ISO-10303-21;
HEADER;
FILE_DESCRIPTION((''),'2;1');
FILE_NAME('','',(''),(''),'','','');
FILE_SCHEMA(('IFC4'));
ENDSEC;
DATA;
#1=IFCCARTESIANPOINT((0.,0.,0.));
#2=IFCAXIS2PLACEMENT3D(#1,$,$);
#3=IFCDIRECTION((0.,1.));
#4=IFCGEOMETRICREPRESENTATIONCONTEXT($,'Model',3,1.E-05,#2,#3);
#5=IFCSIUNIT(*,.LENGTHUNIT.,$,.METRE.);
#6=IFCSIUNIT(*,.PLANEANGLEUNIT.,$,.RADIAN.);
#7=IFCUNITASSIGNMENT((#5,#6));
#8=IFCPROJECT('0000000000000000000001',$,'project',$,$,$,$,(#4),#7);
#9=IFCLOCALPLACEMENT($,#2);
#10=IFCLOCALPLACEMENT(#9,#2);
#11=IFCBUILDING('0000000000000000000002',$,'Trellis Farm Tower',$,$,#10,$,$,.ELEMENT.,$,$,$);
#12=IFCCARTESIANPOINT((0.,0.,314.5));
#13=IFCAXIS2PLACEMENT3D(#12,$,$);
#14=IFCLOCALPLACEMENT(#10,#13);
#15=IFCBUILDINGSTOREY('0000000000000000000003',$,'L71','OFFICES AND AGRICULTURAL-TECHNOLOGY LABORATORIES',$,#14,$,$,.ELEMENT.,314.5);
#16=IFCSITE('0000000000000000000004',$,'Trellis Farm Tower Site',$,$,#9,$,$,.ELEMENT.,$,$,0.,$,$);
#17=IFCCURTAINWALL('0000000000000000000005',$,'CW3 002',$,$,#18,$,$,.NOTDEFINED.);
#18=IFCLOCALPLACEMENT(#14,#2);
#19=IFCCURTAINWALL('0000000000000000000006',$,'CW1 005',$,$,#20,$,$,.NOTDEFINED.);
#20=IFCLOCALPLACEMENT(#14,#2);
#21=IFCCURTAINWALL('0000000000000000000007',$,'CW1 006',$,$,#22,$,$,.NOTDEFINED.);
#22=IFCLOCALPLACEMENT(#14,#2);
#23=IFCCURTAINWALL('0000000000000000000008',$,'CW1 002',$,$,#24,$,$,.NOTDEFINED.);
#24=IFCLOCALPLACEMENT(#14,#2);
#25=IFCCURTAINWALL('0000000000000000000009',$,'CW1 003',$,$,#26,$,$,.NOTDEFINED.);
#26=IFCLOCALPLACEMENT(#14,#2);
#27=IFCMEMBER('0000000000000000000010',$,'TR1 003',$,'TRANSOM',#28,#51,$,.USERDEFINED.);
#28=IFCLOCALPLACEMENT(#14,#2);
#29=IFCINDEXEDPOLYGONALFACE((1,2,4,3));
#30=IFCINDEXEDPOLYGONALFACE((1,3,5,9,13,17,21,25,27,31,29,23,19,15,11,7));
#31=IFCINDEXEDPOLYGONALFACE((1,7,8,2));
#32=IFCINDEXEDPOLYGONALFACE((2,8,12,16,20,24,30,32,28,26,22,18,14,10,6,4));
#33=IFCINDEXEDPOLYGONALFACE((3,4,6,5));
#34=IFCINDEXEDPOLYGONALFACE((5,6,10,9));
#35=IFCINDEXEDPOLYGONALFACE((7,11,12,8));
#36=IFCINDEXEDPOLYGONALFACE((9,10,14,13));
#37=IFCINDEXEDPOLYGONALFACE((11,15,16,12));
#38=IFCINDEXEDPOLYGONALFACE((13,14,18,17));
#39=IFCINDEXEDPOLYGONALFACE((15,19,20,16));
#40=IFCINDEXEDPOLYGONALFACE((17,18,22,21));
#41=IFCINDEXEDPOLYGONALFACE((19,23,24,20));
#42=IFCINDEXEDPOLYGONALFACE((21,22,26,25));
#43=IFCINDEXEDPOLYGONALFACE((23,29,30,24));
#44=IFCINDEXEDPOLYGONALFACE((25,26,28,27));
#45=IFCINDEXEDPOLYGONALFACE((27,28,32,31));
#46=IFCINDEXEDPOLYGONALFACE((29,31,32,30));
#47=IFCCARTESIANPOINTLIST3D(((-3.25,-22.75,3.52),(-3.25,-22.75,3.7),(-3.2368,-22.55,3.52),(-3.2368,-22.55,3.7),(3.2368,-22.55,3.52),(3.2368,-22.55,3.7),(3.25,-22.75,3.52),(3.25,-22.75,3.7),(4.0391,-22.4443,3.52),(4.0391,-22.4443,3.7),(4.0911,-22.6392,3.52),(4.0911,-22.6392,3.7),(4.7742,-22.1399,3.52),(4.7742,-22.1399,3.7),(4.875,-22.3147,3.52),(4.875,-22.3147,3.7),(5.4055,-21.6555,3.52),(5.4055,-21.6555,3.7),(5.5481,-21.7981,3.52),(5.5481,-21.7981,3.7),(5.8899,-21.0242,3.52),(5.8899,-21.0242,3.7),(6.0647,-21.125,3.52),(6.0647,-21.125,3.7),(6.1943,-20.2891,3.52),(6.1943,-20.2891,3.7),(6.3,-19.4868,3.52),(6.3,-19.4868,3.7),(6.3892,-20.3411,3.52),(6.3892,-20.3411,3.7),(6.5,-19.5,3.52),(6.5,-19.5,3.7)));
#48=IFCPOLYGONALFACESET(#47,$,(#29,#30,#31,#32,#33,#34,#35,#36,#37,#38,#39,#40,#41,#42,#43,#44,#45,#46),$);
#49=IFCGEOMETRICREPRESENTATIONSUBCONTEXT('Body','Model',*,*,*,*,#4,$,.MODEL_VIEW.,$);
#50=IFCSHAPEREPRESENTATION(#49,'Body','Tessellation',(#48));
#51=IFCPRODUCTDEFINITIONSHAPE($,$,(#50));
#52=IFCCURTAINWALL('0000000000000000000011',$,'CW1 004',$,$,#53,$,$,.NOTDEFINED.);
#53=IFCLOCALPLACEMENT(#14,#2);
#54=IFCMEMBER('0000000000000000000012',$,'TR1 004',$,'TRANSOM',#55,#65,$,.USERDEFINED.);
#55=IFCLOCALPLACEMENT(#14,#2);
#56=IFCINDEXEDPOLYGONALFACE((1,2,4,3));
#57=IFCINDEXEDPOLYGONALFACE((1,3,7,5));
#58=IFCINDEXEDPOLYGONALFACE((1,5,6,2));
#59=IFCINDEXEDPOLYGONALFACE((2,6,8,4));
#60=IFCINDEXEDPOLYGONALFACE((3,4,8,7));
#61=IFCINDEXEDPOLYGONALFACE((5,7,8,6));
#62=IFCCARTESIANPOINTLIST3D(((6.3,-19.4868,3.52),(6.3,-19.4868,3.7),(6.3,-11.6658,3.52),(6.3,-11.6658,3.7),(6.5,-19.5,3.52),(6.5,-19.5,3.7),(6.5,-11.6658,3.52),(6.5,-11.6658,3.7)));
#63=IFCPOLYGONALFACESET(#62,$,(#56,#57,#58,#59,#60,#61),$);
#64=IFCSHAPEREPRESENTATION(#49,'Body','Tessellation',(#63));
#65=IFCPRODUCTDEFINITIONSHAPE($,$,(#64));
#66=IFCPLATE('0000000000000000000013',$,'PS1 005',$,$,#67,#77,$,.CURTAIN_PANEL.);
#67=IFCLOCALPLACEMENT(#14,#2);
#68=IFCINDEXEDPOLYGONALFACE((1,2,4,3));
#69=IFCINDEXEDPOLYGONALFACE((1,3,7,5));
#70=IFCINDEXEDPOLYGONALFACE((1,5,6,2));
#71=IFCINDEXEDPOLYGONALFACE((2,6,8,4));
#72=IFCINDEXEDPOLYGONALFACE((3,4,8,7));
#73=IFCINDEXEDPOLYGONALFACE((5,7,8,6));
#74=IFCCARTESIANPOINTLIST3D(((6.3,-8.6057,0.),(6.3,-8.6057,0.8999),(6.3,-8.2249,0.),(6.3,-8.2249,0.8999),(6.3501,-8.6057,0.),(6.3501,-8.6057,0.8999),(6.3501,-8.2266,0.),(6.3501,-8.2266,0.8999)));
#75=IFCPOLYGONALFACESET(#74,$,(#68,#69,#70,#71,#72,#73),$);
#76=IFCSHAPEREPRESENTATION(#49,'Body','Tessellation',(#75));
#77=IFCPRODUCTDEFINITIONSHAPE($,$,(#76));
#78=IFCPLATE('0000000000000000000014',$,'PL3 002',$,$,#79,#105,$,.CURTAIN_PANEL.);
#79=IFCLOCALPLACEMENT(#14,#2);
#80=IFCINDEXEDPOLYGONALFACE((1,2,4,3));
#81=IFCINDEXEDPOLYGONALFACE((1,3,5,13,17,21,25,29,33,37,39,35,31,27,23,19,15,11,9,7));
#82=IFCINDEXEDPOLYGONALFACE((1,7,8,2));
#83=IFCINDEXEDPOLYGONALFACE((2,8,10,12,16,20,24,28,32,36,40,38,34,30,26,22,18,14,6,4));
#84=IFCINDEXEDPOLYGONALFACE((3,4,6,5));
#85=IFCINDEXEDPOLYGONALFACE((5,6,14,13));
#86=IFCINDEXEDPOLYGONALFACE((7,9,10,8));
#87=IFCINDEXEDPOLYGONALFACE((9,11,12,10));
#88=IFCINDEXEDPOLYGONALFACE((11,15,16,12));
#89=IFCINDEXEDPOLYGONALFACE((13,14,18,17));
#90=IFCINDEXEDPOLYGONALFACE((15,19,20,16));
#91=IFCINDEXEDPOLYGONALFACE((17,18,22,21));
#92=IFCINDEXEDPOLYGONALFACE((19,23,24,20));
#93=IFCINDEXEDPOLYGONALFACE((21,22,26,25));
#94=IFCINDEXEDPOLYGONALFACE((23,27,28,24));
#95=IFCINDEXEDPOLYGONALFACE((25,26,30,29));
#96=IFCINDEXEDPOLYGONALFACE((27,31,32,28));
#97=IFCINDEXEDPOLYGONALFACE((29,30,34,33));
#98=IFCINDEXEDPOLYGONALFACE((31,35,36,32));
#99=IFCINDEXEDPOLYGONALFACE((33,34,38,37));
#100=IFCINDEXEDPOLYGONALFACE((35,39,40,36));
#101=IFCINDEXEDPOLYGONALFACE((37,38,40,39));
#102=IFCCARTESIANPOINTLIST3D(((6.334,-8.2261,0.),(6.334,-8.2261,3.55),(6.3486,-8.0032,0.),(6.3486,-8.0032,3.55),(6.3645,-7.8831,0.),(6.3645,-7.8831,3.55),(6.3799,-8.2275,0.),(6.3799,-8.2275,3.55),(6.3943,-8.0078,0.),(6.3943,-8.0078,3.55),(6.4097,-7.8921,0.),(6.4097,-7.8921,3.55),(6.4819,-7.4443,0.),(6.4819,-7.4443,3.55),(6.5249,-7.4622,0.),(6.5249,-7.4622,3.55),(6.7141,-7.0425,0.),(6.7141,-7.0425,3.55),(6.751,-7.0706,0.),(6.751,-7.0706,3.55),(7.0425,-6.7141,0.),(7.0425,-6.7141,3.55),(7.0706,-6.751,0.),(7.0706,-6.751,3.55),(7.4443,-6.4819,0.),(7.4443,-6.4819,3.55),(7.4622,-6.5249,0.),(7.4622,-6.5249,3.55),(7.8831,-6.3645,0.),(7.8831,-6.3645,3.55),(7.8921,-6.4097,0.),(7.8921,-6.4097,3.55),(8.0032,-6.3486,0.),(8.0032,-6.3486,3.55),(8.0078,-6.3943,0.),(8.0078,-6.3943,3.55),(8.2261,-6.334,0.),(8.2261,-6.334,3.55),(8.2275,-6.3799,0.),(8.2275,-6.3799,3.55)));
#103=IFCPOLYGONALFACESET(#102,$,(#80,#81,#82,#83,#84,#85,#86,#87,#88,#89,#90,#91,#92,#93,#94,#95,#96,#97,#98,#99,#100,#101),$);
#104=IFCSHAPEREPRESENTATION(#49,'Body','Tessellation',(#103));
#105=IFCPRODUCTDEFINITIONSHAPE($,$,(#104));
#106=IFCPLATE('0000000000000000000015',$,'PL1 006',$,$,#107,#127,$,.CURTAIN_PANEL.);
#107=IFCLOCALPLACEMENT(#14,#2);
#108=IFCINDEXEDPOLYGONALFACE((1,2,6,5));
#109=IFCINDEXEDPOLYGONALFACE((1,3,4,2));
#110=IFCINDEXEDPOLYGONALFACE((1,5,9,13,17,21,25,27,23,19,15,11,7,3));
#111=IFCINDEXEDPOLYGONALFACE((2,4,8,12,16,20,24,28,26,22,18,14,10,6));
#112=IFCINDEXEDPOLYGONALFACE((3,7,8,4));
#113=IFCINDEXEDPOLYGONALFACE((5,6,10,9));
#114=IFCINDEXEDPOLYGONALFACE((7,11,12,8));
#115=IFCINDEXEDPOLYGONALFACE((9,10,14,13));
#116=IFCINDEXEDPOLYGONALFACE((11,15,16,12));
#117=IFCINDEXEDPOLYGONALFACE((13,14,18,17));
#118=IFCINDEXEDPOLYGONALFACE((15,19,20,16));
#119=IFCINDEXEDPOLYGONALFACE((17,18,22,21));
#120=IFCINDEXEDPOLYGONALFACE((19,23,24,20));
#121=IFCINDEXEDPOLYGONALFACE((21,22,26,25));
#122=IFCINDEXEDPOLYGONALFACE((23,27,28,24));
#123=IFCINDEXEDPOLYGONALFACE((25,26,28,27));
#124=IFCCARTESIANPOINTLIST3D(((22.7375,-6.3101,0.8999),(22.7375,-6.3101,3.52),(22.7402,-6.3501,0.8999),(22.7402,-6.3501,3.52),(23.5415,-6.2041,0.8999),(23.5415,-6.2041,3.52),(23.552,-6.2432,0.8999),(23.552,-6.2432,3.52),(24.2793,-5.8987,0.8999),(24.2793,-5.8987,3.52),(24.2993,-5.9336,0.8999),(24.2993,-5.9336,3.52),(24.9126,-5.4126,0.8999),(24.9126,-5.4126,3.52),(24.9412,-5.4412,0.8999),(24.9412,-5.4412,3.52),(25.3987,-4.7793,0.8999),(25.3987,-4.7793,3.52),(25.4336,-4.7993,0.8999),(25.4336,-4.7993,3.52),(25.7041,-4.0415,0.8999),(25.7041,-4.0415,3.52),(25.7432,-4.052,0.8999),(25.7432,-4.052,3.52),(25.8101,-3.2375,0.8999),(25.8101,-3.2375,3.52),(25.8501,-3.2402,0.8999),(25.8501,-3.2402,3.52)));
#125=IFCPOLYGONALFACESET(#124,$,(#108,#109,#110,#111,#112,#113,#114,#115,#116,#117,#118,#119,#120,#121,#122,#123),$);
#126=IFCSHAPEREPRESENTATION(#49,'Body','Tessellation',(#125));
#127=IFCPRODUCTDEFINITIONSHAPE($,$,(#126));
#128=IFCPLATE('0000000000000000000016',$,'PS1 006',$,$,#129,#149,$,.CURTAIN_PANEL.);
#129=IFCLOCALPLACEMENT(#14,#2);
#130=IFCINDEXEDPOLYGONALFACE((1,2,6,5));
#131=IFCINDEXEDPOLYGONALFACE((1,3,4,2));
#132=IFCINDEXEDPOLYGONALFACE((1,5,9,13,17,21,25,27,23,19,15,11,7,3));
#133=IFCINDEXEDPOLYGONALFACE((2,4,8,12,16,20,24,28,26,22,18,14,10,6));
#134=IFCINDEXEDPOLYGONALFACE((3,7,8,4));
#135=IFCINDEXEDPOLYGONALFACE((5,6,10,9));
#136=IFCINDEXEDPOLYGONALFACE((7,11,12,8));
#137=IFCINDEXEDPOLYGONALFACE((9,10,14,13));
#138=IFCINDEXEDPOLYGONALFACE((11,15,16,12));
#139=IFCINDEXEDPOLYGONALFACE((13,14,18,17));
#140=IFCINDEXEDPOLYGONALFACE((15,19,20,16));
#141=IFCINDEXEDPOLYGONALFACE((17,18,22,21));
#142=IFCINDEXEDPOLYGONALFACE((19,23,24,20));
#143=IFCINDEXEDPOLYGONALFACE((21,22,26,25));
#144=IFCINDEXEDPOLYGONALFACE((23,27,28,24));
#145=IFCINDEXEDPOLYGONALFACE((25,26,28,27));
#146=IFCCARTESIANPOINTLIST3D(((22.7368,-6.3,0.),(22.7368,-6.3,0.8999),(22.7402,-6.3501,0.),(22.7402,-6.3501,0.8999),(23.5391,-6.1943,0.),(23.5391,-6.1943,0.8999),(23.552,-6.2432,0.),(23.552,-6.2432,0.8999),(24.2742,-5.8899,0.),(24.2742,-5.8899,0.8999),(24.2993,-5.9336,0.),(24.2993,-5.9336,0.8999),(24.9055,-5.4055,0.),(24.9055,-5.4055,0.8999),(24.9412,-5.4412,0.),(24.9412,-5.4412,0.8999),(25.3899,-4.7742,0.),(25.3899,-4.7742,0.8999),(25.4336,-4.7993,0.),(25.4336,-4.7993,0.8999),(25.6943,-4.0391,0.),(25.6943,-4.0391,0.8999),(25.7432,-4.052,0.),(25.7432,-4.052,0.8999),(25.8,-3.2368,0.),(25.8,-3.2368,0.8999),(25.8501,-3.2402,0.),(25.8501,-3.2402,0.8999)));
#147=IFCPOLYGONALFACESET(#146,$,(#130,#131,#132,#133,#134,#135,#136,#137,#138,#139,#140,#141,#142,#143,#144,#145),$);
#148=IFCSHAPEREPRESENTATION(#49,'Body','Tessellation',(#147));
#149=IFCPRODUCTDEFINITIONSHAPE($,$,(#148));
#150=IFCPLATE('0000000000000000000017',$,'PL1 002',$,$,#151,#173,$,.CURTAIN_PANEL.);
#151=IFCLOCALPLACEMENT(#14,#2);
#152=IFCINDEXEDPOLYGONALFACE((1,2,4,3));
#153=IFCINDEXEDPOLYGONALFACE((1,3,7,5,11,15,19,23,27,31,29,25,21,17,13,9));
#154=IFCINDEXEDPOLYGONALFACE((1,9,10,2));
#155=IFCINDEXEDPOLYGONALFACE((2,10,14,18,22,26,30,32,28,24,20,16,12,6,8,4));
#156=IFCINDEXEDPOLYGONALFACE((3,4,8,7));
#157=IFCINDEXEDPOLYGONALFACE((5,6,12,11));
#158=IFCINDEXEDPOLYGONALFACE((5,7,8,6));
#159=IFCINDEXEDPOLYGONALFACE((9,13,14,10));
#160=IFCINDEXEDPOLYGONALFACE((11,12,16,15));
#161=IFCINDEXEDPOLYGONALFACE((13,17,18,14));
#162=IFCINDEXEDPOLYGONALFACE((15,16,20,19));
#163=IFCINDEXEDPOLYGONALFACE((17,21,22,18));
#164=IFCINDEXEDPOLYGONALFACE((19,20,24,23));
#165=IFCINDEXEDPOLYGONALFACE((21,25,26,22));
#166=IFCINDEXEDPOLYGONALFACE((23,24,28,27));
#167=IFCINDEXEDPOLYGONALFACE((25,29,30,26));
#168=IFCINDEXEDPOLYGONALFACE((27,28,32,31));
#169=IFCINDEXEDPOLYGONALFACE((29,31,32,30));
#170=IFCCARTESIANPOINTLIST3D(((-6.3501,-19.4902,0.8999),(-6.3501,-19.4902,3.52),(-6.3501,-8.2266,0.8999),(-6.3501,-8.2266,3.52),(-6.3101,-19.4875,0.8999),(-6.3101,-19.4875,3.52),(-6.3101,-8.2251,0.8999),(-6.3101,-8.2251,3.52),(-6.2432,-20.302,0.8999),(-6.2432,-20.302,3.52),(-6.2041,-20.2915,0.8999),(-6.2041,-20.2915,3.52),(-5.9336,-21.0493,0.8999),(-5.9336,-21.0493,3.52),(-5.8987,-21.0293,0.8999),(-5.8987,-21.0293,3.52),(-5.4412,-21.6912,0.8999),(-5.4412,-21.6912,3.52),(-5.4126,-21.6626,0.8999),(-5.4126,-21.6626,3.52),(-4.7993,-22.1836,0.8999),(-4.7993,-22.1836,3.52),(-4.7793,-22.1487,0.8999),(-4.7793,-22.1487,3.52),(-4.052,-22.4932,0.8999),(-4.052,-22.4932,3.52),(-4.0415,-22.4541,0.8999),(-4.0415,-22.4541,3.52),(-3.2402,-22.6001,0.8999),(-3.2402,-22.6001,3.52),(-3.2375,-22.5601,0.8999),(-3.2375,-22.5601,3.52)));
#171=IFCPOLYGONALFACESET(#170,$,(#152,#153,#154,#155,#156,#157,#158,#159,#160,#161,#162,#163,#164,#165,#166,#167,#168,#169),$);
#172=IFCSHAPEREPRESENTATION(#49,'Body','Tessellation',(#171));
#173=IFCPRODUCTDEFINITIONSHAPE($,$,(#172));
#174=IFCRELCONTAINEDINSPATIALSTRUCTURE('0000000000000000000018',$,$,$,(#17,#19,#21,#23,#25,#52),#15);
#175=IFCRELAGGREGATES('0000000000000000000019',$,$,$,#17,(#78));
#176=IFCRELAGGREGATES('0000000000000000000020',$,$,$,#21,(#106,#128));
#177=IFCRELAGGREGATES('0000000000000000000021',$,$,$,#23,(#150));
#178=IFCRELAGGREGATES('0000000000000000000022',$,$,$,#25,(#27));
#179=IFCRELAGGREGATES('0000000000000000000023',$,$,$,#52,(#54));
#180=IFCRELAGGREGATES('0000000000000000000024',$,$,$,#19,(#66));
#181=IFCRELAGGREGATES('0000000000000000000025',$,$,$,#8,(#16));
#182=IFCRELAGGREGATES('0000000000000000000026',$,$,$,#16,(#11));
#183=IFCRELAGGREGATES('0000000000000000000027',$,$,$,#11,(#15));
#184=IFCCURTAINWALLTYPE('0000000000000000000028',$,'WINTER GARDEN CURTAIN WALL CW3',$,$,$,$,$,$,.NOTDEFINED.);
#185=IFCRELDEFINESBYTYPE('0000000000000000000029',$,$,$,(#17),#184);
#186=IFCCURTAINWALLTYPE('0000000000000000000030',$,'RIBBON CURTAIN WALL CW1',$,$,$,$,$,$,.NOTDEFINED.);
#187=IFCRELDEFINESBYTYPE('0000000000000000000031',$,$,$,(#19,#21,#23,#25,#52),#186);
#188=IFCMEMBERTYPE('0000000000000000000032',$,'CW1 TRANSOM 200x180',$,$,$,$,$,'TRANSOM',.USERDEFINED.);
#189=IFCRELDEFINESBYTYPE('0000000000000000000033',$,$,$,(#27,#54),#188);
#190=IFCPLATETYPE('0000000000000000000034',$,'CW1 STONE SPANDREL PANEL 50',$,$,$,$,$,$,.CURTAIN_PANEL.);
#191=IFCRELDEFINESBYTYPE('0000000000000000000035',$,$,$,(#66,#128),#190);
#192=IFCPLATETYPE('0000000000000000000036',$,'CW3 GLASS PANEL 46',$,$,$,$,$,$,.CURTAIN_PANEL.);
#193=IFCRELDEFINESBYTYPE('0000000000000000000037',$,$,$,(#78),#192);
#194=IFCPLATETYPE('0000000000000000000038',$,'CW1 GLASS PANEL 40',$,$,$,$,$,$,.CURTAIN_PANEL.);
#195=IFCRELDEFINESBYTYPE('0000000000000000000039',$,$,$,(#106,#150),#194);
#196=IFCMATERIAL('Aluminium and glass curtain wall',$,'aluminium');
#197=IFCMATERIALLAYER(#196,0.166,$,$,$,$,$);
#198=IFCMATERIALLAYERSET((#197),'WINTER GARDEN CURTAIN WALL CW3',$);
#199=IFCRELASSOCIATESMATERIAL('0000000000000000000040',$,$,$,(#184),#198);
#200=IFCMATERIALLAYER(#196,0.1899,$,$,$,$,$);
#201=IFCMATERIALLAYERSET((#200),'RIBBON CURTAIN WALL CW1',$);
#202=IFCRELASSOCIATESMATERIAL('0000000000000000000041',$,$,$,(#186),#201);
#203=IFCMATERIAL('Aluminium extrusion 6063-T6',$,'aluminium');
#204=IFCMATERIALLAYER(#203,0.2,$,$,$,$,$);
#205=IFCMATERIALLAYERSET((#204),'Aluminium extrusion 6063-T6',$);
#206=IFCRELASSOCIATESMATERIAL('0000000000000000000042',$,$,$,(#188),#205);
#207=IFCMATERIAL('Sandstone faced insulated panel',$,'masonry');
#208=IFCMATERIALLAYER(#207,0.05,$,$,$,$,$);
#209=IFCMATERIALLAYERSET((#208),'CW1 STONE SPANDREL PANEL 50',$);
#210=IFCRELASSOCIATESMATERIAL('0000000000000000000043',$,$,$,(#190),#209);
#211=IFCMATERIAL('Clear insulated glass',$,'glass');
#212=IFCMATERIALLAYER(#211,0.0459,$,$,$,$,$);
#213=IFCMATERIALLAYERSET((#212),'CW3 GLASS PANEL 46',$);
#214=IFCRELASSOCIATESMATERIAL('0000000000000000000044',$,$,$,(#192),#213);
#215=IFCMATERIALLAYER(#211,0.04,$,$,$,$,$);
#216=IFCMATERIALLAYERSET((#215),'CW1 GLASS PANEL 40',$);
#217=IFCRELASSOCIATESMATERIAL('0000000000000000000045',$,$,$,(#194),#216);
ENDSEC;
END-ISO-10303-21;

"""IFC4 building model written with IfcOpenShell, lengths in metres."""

from ifc_helpers import new_model, si_unit, direction, frame, origin, place, context, subcontext, project, spatial, polyline, outline, extrude, source, transform, mapped, material, layer, layer_set, type_object, element, aggregate, save


model = new_model("IFC4")

# Units and contexts
model_context = context("Model", 3, precision=1e-05, world=origin(), true_north=direction((0.0, 1.0)))
body_context = subcontext(model_context, "Body", "Model", "MODEL_VIEW")
ifc_project = project(units=[si_unit("LENGTHUNIT", "METRE"), si_unit("PLANEANGLEUNIT", "RADIAN")], contexts=[model_context])

# Site, building, storey
site_placement = place(None, origin())
site = spatial("IfcSite", under=ifc_project, at=site_placement, Name="Trellis Farm Tower Site", CompositionType="ELEMENT", RefElevation=0.0)
building_placement = place(site_placement, origin())
building = spatial("IfcBuilding", under=site, at=building_placement, Name="Trellis Farm Tower", CompositionType="ELEMENT")
storey_placement = place(building_placement, frame((0.0, 0.0, 314.5)))
storey = spatial("IfcBuildingStorey", under=building, at=storey_placement, Name="L71", Description="OFFICES AND AGRICULTURAL-TECHNOLOGY LABORATORIES", CompositionType="ELEMENT", Elevation=314.5)

# Curtain walls, members
ifc_material_1 = material(Name="Aluminium and glass curtain wall", Category="aluminium")
ifc_layer_1 = layer(ifc_material_1, 0.166)
ifc_layer_set_1 = layer_set([ifc_layer_1], Name="WINTER GARDEN CURTAIN WALL CW3")
curtain_wall_type_1 = type_object("IfcCurtainWallType", Name="WINTER GARDEN CURTAIN WALL CW3", PredefinedType="NOTDEFINED", material=ifc_layer_set_1)
placement_1 = place(storey_placement, origin())
ifc_material_2 = material(Name="Aluminium extrusion 6063-T6", Category="aluminium")
curtain_wall_1 = element("IfcCurtainWall", 1, at=placement_1, inside=storey, type_object=curtain_wall_type_1, Name="CW3 002", PredefinedType="NOTDEFINED")
ifc_layer_2 = layer(ifc_material_1, 0.1899)
ifc_layer_set_2 = layer_set([ifc_layer_2], Name="RIBBON CURTAIN WALL CW1")
curtain_wall_type_2 = type_object("IfcCurtainWallType", Name="RIBBON CURTAIN WALL CW1", PredefinedType="NOTDEFINED", material=ifc_layer_set_2)
curtain_wall_2 = element("IfcCurtainWall", 2, at=placement_1, inside=storey, type_object=curtain_wall_type_2, Name="CW1 005", PredefinedType="NOTDEFINED")
ifc_layer_3 = layer(ifc_material_2, 0.2)
ifc_layer_set_3 = layer_set([ifc_layer_3], Name="Aluminium extrusion 6063-T6")
member_type_1 = type_object("IfcMemberType", Name="CW1 TRANSOM 200x180", ElementType="TRANSOM", PredefinedType="USERDEFINED", material=ifc_layer_set_3)
placement_2 = place(storey_placement, frame((0.0, 0.0, 3.52)))
curtain_wall_3 = element("IfcCurtainWall", 3, at=placement_1, inside=storey, type_object=curtain_wall_type_2, Name="CW1 006", PredefinedType="NOTDEFINED")
curtain_wall_4 = element("IfcCurtainWall", 4, at=placement_1, inside=storey, type_object=curtain_wall_type_2, Name="CW1 002", PredefinedType="NOTDEFINED")
curtain_wall_5 = element("IfcCurtainWall", 5, at=placement_1, inside=storey, type_object=curtain_wall_type_2, Name="CW1 003", PredefinedType="NOTDEFINED")
shared_shape_1 = source(origin(), body_context, "Body", "SweptSolid", [
    extrude(outline(polyline([(-3.25, -22.75), (3.25, -22.75), (4.0911, -22.6392), (4.875, -22.3147), (5.5481, -21.7981), (6.0647, -21.125), (6.3892, -20.3411), (6.5, -19.5), (6.3, -19.4868), (6.1943, -20.2891), (5.8899, -21.0242), (5.4055, -21.6555), (4.7742, -22.1399), (4.0391, -22.4443), (3.2368, -22.55), (-3.2368, -22.55), (-3.25, -22.75)])), origin(), (0.0, 0.0, 1.0), 0.1799),
])
member_1 = element("IfcMember", 6, at=placement_2, type_object=member_type_1, Name="TR1 003", ObjectType="TRANSOM", PredefinedType="USERDEFINED", context=body_context, shape_type="MappedRepresentation", body=[
    mapped(shared_shape_1, transform((0.0, 0.0, 0.0))),
])
curtain_wall_6 = element("IfcCurtainWall", 7, at=placement_1, inside=storey, type_object=curtain_wall_type_2, Name="CW1 004", PredefinedType="NOTDEFINED")
shared_shape_2 = source(origin(), body_context, "Body", "SweptSolid", [
    extrude(outline(polyline([(6.5, -19.5), (6.5, -11.6658), (6.3, -11.6658), (6.3, -19.4868), (6.5, -19.5)])), origin(), (0.0, 0.0, 1.0), 0.1799),
])
member_2 = element("IfcMember", 8, at=placement_2, type_object=member_type_1, Name="TR1 004", ObjectType="TRANSOM", PredefinedType="USERDEFINED", context=body_context, shape_type="MappedRepresentation", body=[
    mapped(shared_shape_2, transform((0.0, 0.0, 0.0))),
])

# Plates
ifc_material_3 = material(Name="Sandstone faced insulated panel", Category="masonry")
ifc_layer_4 = layer(ifc_material_3, 0.05)
ifc_layer_set_4 = layer_set([ifc_layer_4], Name="CW1 STONE SPANDREL PANEL 50")
plate_type_1 = type_object("IfcPlateType", Name="CW1 STONE SPANDREL PANEL 50", PredefinedType="CURTAIN_PANEL", material=ifc_layer_set_4)
shared_shape_3 = source(origin(), body_context, "Body", "SweptSolid", [
    extrude(outline(polyline([(6.3501, -8.6057), (6.3501, -8.2266), (6.3, -8.2249), (6.3, -8.6057), (6.3501, -8.6057)])), origin(), (0.0, 0.0, 1.0), 0.8999),
])
plate_1 = element("IfcPlate", 9, at=placement_1, type_object=plate_type_1, Name="PS1 005", PredefinedType="CURTAIN_PANEL", context=body_context, shape_type="MappedRepresentation", body=[
    mapped(shared_shape_3, transform((0.0, 0.0, 0.0))),
])
ifc_material_4 = material(Name="Clear insulated glass", Category="glass")
ifc_layer_5 = layer(ifc_material_4, 0.0459)
ifc_layer_set_5 = layer_set([ifc_layer_5], Name="CW3 GLASS PANEL 46")
plate_type_2 = type_object("IfcPlateType", Name="CW3 GLASS PANEL 46", PredefinedType="CURTAIN_PANEL", material=ifc_layer_set_5)
shared_shape_4 = source(origin(), body_context, "Body", "SweptSolid", [
    extrude(outline(polyline([(6.3799, -8.2275), (6.3943, -8.0078), (6.4097, -7.8921), (6.5249, -7.4622), (6.751, -7.0706), (7.0706, -6.751), (7.4622, -6.5249), (7.8921, -6.4097), (8.0078, -6.3943), (8.2275, -6.3799), (8.2261, -6.334), (8.0032, -6.3486), (7.8831, -6.3645), (7.4443, -6.4819), (7.0425, -6.7141), (6.7141, -7.0425), (6.4819, -7.4443), (6.3645, -7.8831), (6.3486, -8.0032), (6.334, -8.2261), (6.3799, -8.2275)])), origin(), (0.0, 0.0, 1.0), 3.55),
])
plate_2 = element("IfcPlate", 10, at=placement_1, type_object=plate_type_2, Name="PL3 002", PredefinedType="CURTAIN_PANEL", context=body_context, shape_type="MappedRepresentation", body=[
    mapped(shared_shape_4, transform((0.0, 0.0, 0.0))),
])
aggregate(curtain_wall_1, [plate_2])
ifc_layer_6 = layer(ifc_material_4, 0.04)
ifc_layer_set_6 = layer_set([ifc_layer_6], Name="CW1 GLASS PANEL 40")
plate_type_3 = type_object("IfcPlateType", Name="CW1 GLASS PANEL 40", PredefinedType="CURTAIN_PANEL", material=ifc_layer_set_6)
shared_shape_5 = source(origin(), body_context, "Body", "SweptSolid", [
    extrude(outline(polyline([(22.7402, -6.3501), (23.552, -6.2432), (24.2993, -5.9336), (24.9412, -5.4412), (25.4336, -4.7993), (25.7432, -4.052), (25.8501, -3.2402), (25.8101, -3.2375), (25.7041, -4.0415), (25.3987, -4.7793), (24.9126, -5.4126), (24.2793, -5.8987), (23.5415, -6.2041), (22.7375, -6.3101), (22.7402, -6.3501)])), origin(), (0.0, 0.0, 1.0), 2.6201),
])
placement_3 = place(storey_placement, frame((0.0, 0.0, 0.8999)))
plate_3 = element("IfcPlate", 11, at=placement_3, type_object=plate_type_3, Name="PL1 006", PredefinedType="CURTAIN_PANEL", context=body_context, shape_type="MappedRepresentation", body=[
    mapped(shared_shape_5, transform((0.0, 0.0, 0.0))),
])
shared_shape_6 = source(origin(), body_context, "Body", "SweptSolid", [
    extrude(outline(polyline([(22.7402, -6.3501), (23.552, -6.2432), (24.2993, -5.9336), (24.9412, -5.4412), (25.4336, -4.7993), (25.7432, -4.052), (25.8501, -3.2402), (25.8, -3.2368), (25.6943, -4.0391), (25.3899, -4.7742), (24.9055, -5.4055), (24.2742, -5.8899), (23.5391, -6.1943), (22.7368, -6.3), (22.7402, -6.3501)])), origin(), (0.0, 0.0, 1.0), 0.8999),
])
plate_4 = element("IfcPlate", 12, at=placement_1, type_object=plate_type_1, Name="PS1 006", PredefinedType="CURTAIN_PANEL", context=body_context, shape_type="MappedRepresentation", body=[
    mapped(shared_shape_6, transform((0.0, 0.0, 0.0))),
])
aggregate(curtain_wall_3, [plate_3, plate_4])
shared_shape_7 = source(origin(), body_context, "Body", "SweptSolid", [
    extrude(outline(polyline([(-6.3501, -8.2266), (-6.3501, -19.4902), (-6.2432, -20.302), (-5.9336, -21.0493), (-5.4412, -21.6912), (-4.7993, -22.1836), (-4.052, -22.4932), (-3.2402, -22.6001), (-3.2375, -22.5601), (-4.0415, -22.4541), (-4.7793, -22.1487), (-5.4126, -21.6626), (-5.8987, -21.0293), (-6.2041, -20.2915), (-6.3101, -19.4875), (-6.3101, -8.2251), (-6.3501, -8.2266)])), origin(), (0.0, 0.0, 1.0), 2.6201),
])
plate_5 = element("IfcPlate", 13, at=placement_3, type_object=plate_type_3, Name="PL1 002", PredefinedType="CURTAIN_PANEL", context=body_context, shape_type="MappedRepresentation", body=[
    mapped(shared_shape_7, transform((0.0, 0.0, 0.0))),
])
aggregate(curtain_wall_4, [plate_5])
aggregate(curtain_wall_5, [member_1])
aggregate(curtain_wall_6, [member_2])
aggregate(curtain_wall_2, [plate_1])

save(model, "model.ifc")
